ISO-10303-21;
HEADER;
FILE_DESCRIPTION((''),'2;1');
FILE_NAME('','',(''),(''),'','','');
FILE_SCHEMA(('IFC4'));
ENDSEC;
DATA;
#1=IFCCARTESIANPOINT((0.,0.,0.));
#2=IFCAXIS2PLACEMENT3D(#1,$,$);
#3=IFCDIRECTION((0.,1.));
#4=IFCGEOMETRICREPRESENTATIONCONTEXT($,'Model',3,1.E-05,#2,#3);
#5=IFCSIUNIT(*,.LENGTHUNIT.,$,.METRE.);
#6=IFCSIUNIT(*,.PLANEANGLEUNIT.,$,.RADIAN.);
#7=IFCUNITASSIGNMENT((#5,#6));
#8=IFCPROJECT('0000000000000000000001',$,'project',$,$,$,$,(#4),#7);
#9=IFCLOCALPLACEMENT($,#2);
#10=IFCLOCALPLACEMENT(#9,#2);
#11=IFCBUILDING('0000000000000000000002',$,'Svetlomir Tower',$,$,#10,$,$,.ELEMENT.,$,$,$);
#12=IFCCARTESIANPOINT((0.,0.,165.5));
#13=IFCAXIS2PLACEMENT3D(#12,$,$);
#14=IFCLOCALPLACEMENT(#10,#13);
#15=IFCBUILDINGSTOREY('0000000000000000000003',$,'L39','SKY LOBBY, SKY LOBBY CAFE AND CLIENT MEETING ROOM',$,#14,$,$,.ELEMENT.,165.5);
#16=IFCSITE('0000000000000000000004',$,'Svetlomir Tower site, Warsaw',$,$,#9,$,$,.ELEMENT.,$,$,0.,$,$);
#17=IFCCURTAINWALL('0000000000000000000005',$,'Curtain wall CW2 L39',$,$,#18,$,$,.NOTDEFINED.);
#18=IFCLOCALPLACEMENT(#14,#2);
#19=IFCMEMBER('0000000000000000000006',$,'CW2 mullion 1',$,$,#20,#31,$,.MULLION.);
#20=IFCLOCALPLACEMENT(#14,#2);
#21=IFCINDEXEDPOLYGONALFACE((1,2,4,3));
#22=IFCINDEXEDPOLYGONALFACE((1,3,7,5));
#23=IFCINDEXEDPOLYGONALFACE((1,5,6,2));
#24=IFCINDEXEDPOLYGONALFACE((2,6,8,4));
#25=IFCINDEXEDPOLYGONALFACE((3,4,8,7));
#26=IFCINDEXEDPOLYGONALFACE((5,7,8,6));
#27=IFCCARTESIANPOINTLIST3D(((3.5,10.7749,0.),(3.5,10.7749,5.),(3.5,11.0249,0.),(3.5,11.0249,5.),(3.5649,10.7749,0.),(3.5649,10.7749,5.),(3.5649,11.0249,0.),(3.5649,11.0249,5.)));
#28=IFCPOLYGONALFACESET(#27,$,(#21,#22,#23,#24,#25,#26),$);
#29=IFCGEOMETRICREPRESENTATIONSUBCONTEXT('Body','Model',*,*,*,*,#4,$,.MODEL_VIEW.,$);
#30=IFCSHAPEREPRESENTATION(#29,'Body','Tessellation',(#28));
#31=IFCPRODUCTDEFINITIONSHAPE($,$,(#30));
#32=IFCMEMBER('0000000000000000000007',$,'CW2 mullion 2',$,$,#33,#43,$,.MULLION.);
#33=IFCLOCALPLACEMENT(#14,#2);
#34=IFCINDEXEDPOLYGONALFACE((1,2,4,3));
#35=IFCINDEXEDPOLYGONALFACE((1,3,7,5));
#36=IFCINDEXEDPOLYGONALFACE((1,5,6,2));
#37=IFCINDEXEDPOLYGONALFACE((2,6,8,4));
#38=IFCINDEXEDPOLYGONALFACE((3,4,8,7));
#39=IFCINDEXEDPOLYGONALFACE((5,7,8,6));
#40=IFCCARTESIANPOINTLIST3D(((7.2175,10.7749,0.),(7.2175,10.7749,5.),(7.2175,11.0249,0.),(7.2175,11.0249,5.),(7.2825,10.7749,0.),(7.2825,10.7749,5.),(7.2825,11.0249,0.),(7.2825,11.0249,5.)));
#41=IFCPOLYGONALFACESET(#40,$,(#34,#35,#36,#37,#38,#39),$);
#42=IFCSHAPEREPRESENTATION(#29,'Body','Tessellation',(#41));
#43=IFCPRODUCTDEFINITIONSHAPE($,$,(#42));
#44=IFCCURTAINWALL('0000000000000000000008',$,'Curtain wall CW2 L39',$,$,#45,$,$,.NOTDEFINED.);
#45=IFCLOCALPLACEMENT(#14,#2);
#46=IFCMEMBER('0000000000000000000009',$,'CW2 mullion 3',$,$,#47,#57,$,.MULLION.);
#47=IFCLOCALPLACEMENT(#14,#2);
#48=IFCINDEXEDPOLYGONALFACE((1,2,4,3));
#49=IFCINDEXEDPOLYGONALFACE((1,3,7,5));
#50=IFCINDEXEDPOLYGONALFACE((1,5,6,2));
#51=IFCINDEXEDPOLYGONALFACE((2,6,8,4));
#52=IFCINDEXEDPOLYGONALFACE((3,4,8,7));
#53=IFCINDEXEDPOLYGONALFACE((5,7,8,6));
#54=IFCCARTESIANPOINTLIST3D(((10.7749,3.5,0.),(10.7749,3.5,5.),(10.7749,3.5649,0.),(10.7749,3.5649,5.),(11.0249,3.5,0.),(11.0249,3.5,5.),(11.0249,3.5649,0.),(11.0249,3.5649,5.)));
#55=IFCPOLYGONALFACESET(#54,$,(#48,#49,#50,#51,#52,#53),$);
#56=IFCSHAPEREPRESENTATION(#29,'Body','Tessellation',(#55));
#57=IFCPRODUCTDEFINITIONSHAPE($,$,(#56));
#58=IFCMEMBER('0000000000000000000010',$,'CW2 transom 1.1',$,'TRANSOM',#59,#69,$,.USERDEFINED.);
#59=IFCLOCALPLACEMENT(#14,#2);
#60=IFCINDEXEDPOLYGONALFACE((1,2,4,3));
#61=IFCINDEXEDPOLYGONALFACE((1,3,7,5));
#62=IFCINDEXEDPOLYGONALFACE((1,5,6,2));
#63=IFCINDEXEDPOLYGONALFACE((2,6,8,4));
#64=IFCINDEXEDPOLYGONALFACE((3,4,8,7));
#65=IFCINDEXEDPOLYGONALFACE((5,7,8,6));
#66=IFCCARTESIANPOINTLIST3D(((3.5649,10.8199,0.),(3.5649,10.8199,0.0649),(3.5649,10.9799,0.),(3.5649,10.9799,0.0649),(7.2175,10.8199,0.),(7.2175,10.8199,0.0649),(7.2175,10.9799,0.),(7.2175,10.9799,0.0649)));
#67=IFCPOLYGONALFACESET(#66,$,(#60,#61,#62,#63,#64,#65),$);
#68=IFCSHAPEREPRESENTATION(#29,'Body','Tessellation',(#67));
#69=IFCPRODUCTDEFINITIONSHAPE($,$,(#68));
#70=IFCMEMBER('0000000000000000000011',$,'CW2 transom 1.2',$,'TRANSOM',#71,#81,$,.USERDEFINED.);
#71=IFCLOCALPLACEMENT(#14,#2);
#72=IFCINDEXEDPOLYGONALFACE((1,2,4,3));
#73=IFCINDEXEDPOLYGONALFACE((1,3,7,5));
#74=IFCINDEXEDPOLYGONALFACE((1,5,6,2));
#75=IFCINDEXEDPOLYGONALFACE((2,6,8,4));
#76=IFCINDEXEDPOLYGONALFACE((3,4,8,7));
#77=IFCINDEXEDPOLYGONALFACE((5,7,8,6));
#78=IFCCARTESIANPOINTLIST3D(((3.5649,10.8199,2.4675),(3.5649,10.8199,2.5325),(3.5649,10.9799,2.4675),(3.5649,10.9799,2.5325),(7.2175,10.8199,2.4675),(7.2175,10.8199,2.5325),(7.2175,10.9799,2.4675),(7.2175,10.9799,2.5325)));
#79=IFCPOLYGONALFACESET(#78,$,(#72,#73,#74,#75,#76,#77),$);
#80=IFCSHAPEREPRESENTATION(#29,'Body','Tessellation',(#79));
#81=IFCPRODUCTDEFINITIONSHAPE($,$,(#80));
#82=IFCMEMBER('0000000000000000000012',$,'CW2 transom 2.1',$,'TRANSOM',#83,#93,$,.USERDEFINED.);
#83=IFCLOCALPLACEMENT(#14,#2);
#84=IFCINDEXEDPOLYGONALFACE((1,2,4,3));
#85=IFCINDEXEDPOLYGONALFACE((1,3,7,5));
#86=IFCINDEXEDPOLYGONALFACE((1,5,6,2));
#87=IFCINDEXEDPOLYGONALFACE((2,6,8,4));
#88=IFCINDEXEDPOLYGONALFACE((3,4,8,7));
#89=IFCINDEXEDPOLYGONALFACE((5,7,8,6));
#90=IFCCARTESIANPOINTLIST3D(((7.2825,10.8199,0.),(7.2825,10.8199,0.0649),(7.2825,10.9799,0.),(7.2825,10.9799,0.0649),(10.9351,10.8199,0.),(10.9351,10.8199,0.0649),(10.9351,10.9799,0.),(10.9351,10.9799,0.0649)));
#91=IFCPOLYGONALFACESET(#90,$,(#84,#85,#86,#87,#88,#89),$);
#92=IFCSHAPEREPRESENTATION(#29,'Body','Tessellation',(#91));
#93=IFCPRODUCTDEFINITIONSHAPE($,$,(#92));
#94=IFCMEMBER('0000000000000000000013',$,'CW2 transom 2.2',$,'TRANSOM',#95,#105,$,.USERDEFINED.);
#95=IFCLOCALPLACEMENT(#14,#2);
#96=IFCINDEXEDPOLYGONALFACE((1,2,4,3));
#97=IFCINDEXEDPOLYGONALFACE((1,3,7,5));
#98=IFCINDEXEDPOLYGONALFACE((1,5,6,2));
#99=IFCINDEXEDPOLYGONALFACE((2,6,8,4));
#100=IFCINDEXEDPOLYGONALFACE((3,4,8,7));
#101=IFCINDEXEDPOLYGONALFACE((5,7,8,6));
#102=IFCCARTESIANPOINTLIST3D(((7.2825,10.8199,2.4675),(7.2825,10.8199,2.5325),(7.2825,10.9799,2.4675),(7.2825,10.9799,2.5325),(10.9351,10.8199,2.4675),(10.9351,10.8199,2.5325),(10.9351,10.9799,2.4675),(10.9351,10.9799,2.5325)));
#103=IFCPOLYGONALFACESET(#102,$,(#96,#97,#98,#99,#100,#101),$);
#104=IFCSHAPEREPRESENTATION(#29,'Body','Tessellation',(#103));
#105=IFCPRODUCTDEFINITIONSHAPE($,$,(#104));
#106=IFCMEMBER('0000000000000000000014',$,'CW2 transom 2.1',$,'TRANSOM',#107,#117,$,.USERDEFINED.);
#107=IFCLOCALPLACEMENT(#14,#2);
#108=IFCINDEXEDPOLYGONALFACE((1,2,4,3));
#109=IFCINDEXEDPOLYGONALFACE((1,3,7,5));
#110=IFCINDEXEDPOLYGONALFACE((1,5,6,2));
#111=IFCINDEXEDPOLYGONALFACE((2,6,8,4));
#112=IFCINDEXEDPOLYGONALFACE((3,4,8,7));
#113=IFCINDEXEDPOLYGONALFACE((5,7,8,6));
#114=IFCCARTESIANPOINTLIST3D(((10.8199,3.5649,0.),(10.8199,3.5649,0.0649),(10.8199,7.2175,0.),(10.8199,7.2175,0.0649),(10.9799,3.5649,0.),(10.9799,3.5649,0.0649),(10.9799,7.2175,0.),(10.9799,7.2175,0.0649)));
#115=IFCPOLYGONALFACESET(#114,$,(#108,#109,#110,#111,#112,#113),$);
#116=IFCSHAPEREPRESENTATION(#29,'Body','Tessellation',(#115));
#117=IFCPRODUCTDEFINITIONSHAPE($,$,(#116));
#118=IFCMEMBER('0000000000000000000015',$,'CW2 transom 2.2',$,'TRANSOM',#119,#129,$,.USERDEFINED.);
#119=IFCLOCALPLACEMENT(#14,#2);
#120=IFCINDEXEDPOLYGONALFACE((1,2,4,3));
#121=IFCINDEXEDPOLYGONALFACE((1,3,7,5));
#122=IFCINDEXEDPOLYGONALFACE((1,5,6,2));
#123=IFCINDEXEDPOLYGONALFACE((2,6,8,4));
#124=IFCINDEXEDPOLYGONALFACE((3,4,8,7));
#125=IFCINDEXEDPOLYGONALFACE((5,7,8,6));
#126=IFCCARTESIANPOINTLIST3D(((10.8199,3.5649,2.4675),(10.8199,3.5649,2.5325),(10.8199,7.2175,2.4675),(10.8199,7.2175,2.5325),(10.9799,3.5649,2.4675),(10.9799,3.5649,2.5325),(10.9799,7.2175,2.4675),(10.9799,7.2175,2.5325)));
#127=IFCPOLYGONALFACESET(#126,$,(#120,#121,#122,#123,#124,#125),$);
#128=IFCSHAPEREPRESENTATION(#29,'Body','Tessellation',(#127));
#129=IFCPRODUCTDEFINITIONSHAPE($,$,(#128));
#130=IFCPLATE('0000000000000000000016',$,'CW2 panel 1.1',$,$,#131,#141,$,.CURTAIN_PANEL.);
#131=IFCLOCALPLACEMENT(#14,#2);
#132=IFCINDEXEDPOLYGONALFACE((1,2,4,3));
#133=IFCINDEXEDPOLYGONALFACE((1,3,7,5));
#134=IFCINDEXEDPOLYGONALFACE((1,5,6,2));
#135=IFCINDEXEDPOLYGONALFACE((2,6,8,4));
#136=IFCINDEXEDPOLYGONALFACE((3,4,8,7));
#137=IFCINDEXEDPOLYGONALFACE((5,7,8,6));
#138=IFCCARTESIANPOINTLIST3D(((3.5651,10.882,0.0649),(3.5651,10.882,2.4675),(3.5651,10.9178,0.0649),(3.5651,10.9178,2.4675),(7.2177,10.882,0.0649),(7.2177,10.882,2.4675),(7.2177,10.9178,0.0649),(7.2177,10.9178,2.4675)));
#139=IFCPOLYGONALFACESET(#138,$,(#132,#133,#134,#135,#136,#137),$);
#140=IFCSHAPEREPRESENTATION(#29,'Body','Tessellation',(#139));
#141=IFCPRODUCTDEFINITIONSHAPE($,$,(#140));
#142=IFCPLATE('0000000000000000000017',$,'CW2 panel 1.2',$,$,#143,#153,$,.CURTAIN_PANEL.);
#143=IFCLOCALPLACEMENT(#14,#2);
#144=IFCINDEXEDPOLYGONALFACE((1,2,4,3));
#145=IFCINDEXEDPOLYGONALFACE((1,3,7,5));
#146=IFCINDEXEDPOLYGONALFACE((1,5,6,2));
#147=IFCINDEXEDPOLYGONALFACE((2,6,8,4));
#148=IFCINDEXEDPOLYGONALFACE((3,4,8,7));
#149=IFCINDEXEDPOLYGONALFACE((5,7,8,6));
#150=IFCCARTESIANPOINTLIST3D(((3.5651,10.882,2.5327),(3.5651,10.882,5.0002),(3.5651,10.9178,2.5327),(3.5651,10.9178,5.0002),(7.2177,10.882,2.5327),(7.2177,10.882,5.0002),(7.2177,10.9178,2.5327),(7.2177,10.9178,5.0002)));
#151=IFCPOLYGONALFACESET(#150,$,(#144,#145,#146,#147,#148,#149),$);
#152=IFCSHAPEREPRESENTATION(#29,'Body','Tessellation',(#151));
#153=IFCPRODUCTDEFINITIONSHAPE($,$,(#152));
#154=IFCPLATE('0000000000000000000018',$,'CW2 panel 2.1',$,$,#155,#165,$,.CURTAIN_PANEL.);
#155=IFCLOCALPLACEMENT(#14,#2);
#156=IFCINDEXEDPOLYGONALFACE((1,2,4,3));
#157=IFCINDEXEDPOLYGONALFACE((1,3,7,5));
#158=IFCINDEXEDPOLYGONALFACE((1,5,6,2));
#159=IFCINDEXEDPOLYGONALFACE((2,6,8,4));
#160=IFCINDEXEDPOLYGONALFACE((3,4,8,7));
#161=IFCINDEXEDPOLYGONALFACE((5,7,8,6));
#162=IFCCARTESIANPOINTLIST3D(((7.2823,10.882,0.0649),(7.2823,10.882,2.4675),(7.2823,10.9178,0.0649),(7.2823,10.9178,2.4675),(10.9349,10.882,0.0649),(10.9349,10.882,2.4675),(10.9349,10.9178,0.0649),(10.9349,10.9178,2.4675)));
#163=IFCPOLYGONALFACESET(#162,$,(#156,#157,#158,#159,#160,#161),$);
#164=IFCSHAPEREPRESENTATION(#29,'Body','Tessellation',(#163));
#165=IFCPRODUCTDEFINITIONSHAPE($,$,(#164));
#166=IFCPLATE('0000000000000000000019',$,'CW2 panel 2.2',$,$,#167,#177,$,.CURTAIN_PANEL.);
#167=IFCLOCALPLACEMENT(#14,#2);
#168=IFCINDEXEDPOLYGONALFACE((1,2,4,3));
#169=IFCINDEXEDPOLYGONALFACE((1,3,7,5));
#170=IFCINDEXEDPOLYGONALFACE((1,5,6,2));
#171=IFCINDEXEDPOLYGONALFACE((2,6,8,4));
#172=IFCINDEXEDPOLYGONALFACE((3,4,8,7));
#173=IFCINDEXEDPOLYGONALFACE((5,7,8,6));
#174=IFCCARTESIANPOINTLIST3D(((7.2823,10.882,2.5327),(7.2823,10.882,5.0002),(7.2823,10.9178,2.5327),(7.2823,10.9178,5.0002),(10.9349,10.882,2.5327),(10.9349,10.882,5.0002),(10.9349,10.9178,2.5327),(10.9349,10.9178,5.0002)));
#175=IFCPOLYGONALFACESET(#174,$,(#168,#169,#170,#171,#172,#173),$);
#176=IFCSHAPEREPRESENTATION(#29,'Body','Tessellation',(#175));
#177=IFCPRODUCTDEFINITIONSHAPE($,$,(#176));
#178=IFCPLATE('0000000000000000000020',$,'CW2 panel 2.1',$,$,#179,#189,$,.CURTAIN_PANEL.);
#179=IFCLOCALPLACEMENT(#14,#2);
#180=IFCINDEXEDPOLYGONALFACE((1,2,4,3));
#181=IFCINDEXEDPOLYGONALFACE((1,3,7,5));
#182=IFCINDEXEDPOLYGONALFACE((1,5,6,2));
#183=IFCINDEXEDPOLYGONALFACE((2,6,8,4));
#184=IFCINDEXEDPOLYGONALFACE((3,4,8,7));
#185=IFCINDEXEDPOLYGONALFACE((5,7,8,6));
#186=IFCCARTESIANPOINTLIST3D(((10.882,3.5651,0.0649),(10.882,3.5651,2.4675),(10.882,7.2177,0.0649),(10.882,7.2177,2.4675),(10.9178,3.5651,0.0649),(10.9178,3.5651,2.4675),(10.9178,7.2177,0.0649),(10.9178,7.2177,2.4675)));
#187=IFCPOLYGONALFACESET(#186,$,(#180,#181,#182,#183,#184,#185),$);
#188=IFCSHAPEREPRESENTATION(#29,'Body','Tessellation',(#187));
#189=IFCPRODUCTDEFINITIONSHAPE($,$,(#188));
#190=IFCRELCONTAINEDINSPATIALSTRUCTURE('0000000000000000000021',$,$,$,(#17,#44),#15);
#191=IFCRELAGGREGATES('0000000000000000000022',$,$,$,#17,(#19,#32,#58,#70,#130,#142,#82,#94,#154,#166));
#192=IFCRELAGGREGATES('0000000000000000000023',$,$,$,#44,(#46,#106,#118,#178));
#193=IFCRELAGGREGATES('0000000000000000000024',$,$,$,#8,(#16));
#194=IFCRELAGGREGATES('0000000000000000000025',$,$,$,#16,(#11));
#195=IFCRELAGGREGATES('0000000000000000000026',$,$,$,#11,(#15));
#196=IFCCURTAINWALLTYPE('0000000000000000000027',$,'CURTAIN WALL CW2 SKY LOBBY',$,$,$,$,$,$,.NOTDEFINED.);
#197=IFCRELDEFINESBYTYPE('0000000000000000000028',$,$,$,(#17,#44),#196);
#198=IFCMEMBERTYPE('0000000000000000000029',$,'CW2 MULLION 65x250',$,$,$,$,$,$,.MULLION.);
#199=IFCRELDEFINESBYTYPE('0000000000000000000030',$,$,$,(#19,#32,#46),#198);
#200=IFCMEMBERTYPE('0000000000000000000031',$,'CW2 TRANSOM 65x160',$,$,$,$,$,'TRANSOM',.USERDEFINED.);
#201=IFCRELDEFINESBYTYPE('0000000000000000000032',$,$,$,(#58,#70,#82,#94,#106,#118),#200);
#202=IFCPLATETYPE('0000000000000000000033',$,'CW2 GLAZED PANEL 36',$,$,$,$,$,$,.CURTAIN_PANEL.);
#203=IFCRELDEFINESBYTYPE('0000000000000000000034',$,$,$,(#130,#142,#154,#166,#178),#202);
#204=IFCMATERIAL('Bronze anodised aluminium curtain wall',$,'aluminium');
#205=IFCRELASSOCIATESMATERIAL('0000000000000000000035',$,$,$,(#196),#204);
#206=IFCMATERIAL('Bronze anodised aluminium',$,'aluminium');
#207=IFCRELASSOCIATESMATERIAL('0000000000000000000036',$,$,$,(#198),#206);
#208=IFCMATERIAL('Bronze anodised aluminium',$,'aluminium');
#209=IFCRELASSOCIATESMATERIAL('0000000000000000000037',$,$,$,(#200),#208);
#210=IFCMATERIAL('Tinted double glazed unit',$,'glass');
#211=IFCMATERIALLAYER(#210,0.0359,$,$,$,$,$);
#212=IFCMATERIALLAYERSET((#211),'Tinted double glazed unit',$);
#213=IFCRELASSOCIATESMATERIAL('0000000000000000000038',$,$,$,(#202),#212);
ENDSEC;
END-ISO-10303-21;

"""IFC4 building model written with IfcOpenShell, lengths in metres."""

from ifc_helpers import new_model, si_unit, direction, frame, origin, origin_2d, place, context, subcontext, project, spatial, rectangle, extrude, material, layer, layer_set, material_profile, profile_set, type_object, element, aggregate, save


model = new_model("IFC4")

# Units and contexts
model_context = context("Model", 3, precision=1e-05, world=origin(), true_north=direction((0.0, 1.0)))
body_context = subcontext(model_context, "Body", "Model", "MODEL_VIEW")
ifc_project = project(units=[si_unit("LENGTHUNIT", "METRE"), si_unit("PLANEANGLEUNIT", "RADIAN")], contexts=[model_context])

# Site, building, storey
site_placement = place(None, origin())
site = spatial("IfcSite", under=ifc_project, at=site_placement, Name="Svetlomir Tower site, Warsaw", CompositionType="ELEMENT", RefElevation=0.0)
building_placement = place(site_placement, origin())
building = spatial("IfcBuilding", under=site, at=building_placement, Name="Svetlomir Tower", CompositionType="ELEMENT")
storey_placement = place(building_placement, frame((0.0, 0.0, 165.5)))
storey = spatial("IfcBuildingStorey", under=building, at=storey_placement, Name="L39", Description="SKY LOBBY, SKY LOBBY CAFE AND CLIENT MEETING ROOM", CompositionType="ELEMENT", Elevation=165.5)

# Curtain wall, members
ifc_material_1 = material(Name="Bronze anodised aluminium curtain wall", Category="aluminium")
curtain_wall_type = type_object("IfcCurtainWallType", Name="CURTAIN WALL CW2 SKY LOBBY", PredefinedType="NOTDEFINED", material=ifc_material_1)
curtain_wall_1_placement = place(storey_placement, origin())
curtain_wall_1 = element("IfcCurtainWall", 1, at=curtain_wall_1_placement, inside=storey, type_object=curtain_wall_type, Name="Curtain wall CW2 L39", PredefinedType="NOTDEFINED")
ifc_material_2 = material(Name="Bronze anodised aluminium", Category="aluminium")
ifc_material_profile_1 = material_profile(ifc_material_2, rectangle(XDim=0.0649, YDim=0.25, at=origin_2d()), Name="AL 65x250")
ifc_profile_set_1 = profile_set([ifc_material_profile_1], Name="Bronze anodised aluminium 6063-T6")
member_type_1 = type_object("IfcMemberType", Name="CW2 MULLION 65x250", PredefinedType="MULLION", material=ifc_profile_set_1)
member_1_placement = place(storey_placement, frame((3.5325, 10.8999, 0.0), z_axis=(0.0, 0.0, 1.0), x_axis=(1.0, 0.0, 0.0)))
member_1 = element("IfcMember", 2, at=member_1_placement, type_object=member_type_1, Name="CW2 mullion 1", PredefinedType="MULLION", context=body_context, shape_type="SweptSolid", body=[
    extrude(rectangle(XDim=0.0649, YDim=0.25, at=origin_2d()), origin(), (0.0, 0.0, 1.0), 5.0),
])
member_2_placement = place(storey_placement, frame((7.25, 10.8999, 0.0), z_axis=(0.0, 0.0, 1.0), x_axis=(1.0, 0.0, 0.0)))
member_2 = element("IfcMember", 3, at=member_2_placement, type_object=member_type_1, Name="CW2 mullion 2", PredefinedType="MULLION", context=body_context, shape_type="SweptSolid", body=[
    extrude(rectangle(XDim=0.0649, YDim=0.25, at=origin_2d()), origin(), (0.0, 0.0, 1.0), 5.0),
])

# Curtain wall, member
curtain_wall_2_placement = place(storey_placement, origin())
curtain_wall_2 = element("IfcCurtainWall", 4, at=curtain_wall_2_placement, inside=storey, type_object=curtain_wall_type, Name="Curtain wall CW2 L39", PredefinedType="NOTDEFINED")
member_3_placement = place(storey_placement, frame((10.8999, 3.5325, 0.0), z_axis=(0.0, 0.0, 1.0), x_axis=(0.0, -1.0, 0.0)))
member_3 = element("IfcMember", 5, at=member_3_placement, type_object=member_type_1, Name="CW2 mullion 3", PredefinedType="MULLION", context=body_context, shape_type="SweptSolid", body=[
    extrude(rectangle(XDim=0.0649, YDim=0.25, at=origin_2d()), origin(), (0.0, 0.0, 1.0), 5.0),
])

# Members
ifc_material_3 = material(Name="Bronze anodised aluminium", Category="aluminium")
ifc_material_profile_2 = material_profile(ifc_material_3, rectangle(XDim=0.1599, YDim=0.0649, at=origin_2d()), Name="AL 160x65")
ifc_profile_set_2 = profile_set([ifc_material_profile_2], Name="Bronze anodised aluminium 6063-T6")
member_type_2 = type_object("IfcMemberType", Name="CW2 TRANSOM 65x160", ElementType="TRANSOM", PredefinedType="USERDEFINED", material=ifc_profile_set_2)
member_4_placement = place(storey_placement, frame((3.5649, 10.8999, 0.0325), z_axis=(1.0, 0.0, 0.0), x_axis=(0.0, 1.0, 0.0)))
member_4 = element("IfcMember", 6, at=member_4_placement, type_object=member_type_2, Name="CW2 transom 1.1", ObjectType="TRANSOM", PredefinedType="USERDEFINED", context=body_context, shape_type="SweptSolid", body=[
    extrude(rectangle(XDim=0.1599, YDim=0.0649, at=origin_2d()), origin(), (0.0, 0.0, 1.0), 3.6526),
])
member_5_placement = place(storey_placement, frame((3.5649, 10.8999, 2.5), z_axis=(1.0, 0.0, 0.0), x_axis=(0.0, 1.0, 0.0)))
member_5 = element("IfcMember", 7, at=member_5_placement, type_object=member_type_2, Name="CW2 transom 1.2", ObjectType="TRANSOM", PredefinedType="USERDEFINED", context=body_context, shape_type="SweptSolid", body=[
    extrude(rectangle(XDim=0.1599, YDim=0.0649, at=origin_2d()), origin(), (0.0, 0.0, 1.0), 3.6526),
])
member_6_placement = place(storey_placement, frame((7.2825, 10.8999, 0.0325), z_axis=(1.0, 0.0, 0.0), x_axis=(0.0, 1.0, 0.0)))
member_6 = element("IfcMember", 8, at=member_6_placement, type_object=member_type_2, Name="CW2 transom 2.1", ObjectType="TRANSOM", PredefinedType="USERDEFINED", context=body_context, shape_type="SweptSolid", body=[
    extrude(rectangle(XDim=0.1599, YDim=0.0649, at=origin_2d()), origin(), (0.0, 0.0, 1.0), 3.6526),
])
member_7_placement = place(storey_placement, frame((7.2825, 10.8999, 2.5), z_axis=(1.0, 0.0, 0.0), x_axis=(0.0, 1.0, 0.0)))
member_7 = element("IfcMember", 9, at=member_7_placement, type_object=member_type_2, Name="CW2 transom 2.2", ObjectType="TRANSOM", PredefinedType="USERDEFINED", context=body_context, shape_type="SweptSolid", body=[
    extrude(rectangle(XDim=0.1599, YDim=0.0649, at=origin_2d()), origin(), (0.0, 0.0, 1.0), 3.6526),
])
member_8_placement = place(storey_placement, frame((10.8999, 7.2175, 0.0325), z_axis=(0.0, -1.0, 0.0), x_axis=(1.0, 0.0, 0.0)))
member_8 = element("IfcMember", 10, at=member_8_placement, type_object=member_type_2, Name="CW2 transom 2.1", ObjectType="TRANSOM", PredefinedType="USERDEFINED", context=body_context, shape_type="SweptSolid", body=[
    extrude(rectangle(XDim=0.1599, YDim=0.0649, at=origin_2d()), origin(), (0.0, 0.0, 1.0), 3.6526),
])
member_9_placement = place(storey_placement, frame((10.8999, 7.2175, 2.5), z_axis=(0.0, -1.0, 0.0), x_axis=(1.0, 0.0, 0.0)))
member_9 = element("IfcMember", 11, at=member_9_placement, type_object=member_type_2, Name="CW2 transom 2.2", ObjectType="TRANSOM", PredefinedType="USERDEFINED", context=body_context, shape_type="SweptSolid", body=[
    extrude(rectangle(XDim=0.1599, YDim=0.0649, at=origin_2d()), origin(), (0.0, 0.0, 1.0), 3.6526),
])

# Plates
ifc_material_4 = material(Name="Tinted double glazed unit", Category="glass")
ifc_layer_1 = layer(ifc_material_4, 0.0359)
ifc_layer_set_1 = layer_set([ifc_layer_1], Name="Tinted double glazed unit")
plate_type = type_object("IfcPlateType", Name="CW2 GLAZED PANEL 36", PredefinedType="CURTAIN_PANEL", material=ifc_layer_set_1)
plate_1_placement = place(storey_placement, frame((5.3914, 10.8999, 0.0649), z_axis=(0.0, 0.0, 1.0), x_axis=(1.0, 0.0, 0.0)))
plate_1 = element("IfcPlate", 12, at=plate_1_placement, type_object=plate_type, Name="CW2 panel 1.1", PredefinedType="CURTAIN_PANEL", context=body_context, shape_type="SweptSolid", body=[
    extrude(rectangle(XDim=3.6526, YDim=0.0359, at=origin_2d()), origin(), (0.0, 0.0, 1.0), 2.4026),
])
plate_2_placement = place(storey_placement, frame((5.3914, 10.8999, 2.5327), z_axis=(0.0, 0.0, 1.0), x_axis=(1.0, 0.0, 0.0)))
plate_2 = element("IfcPlate", 13, at=plate_2_placement, type_object=plate_type, Name="CW2 panel 1.2", PredefinedType="CURTAIN_PANEL", context=body_context, shape_type="SweptSolid", body=[
    extrude(rectangle(XDim=3.6526, YDim=0.0359, at=origin_2d()), origin(), (0.0, 0.0, 1.0), 2.4675),
])
plate_3_placement = place(storey_placement, frame((9.1086, 10.8999, 0.0649), z_axis=(0.0, 0.0, 1.0), x_axis=(1.0, 0.0, 0.0)))
plate_3 = element("IfcPlate", 14, at=plate_3_placement, type_object=plate_type, Name="CW2 panel 2.1", PredefinedType="CURTAIN_PANEL", context=body_context, shape_type="SweptSolid", body=[
    extrude(rectangle(XDim=3.6526, YDim=0.0359, at=origin_2d()), origin(), (0.0, 0.0, 1.0), 2.4026),
])
plate_4_placement = place(storey_placement, frame((9.1086, 10.8999, 2.5327), z_axis=(0.0, 0.0, 1.0), x_axis=(1.0, 0.0, 0.0)))
plate_4 = element("IfcPlate", 15, at=plate_4_placement, type_object=plate_type, Name="CW2 panel 2.2", PredefinedType="CURTAIN_PANEL", context=body_context, shape_type="SweptSolid", body=[
    extrude(rectangle(XDim=3.6526, YDim=0.0359, at=origin_2d()), origin(), (0.0, 0.0, 1.0), 2.4675),
])
aggregate(curtain_wall_1, [member_1, member_2, member_4, member_5, plate_1, plate_2, member_6, member_7, plate_3, plate_4])
plate_5_placement = place(storey_placement, frame((10.8999, 5.3914, 0.0649), z_axis=(0.0, 0.0, 1.0), x_axis=(0.0, -1.0, 0.0)))
plate_5 = element("IfcPlate", 16, at=plate_5_placement, type_object=plate_type, Name="CW2 panel 2.1", PredefinedType="CURTAIN_PANEL", context=body_context, shape_type="SweptSolid", body=[
    extrude(rectangle(XDim=3.6526, YDim=0.0359, at=origin_2d()), origin(), (0.0, 0.0, 1.0), 2.4026),
])
aggregate(curtain_wall_2, [member_3, member_8, member_9, plate_5])

save(model, "model.ifc")
